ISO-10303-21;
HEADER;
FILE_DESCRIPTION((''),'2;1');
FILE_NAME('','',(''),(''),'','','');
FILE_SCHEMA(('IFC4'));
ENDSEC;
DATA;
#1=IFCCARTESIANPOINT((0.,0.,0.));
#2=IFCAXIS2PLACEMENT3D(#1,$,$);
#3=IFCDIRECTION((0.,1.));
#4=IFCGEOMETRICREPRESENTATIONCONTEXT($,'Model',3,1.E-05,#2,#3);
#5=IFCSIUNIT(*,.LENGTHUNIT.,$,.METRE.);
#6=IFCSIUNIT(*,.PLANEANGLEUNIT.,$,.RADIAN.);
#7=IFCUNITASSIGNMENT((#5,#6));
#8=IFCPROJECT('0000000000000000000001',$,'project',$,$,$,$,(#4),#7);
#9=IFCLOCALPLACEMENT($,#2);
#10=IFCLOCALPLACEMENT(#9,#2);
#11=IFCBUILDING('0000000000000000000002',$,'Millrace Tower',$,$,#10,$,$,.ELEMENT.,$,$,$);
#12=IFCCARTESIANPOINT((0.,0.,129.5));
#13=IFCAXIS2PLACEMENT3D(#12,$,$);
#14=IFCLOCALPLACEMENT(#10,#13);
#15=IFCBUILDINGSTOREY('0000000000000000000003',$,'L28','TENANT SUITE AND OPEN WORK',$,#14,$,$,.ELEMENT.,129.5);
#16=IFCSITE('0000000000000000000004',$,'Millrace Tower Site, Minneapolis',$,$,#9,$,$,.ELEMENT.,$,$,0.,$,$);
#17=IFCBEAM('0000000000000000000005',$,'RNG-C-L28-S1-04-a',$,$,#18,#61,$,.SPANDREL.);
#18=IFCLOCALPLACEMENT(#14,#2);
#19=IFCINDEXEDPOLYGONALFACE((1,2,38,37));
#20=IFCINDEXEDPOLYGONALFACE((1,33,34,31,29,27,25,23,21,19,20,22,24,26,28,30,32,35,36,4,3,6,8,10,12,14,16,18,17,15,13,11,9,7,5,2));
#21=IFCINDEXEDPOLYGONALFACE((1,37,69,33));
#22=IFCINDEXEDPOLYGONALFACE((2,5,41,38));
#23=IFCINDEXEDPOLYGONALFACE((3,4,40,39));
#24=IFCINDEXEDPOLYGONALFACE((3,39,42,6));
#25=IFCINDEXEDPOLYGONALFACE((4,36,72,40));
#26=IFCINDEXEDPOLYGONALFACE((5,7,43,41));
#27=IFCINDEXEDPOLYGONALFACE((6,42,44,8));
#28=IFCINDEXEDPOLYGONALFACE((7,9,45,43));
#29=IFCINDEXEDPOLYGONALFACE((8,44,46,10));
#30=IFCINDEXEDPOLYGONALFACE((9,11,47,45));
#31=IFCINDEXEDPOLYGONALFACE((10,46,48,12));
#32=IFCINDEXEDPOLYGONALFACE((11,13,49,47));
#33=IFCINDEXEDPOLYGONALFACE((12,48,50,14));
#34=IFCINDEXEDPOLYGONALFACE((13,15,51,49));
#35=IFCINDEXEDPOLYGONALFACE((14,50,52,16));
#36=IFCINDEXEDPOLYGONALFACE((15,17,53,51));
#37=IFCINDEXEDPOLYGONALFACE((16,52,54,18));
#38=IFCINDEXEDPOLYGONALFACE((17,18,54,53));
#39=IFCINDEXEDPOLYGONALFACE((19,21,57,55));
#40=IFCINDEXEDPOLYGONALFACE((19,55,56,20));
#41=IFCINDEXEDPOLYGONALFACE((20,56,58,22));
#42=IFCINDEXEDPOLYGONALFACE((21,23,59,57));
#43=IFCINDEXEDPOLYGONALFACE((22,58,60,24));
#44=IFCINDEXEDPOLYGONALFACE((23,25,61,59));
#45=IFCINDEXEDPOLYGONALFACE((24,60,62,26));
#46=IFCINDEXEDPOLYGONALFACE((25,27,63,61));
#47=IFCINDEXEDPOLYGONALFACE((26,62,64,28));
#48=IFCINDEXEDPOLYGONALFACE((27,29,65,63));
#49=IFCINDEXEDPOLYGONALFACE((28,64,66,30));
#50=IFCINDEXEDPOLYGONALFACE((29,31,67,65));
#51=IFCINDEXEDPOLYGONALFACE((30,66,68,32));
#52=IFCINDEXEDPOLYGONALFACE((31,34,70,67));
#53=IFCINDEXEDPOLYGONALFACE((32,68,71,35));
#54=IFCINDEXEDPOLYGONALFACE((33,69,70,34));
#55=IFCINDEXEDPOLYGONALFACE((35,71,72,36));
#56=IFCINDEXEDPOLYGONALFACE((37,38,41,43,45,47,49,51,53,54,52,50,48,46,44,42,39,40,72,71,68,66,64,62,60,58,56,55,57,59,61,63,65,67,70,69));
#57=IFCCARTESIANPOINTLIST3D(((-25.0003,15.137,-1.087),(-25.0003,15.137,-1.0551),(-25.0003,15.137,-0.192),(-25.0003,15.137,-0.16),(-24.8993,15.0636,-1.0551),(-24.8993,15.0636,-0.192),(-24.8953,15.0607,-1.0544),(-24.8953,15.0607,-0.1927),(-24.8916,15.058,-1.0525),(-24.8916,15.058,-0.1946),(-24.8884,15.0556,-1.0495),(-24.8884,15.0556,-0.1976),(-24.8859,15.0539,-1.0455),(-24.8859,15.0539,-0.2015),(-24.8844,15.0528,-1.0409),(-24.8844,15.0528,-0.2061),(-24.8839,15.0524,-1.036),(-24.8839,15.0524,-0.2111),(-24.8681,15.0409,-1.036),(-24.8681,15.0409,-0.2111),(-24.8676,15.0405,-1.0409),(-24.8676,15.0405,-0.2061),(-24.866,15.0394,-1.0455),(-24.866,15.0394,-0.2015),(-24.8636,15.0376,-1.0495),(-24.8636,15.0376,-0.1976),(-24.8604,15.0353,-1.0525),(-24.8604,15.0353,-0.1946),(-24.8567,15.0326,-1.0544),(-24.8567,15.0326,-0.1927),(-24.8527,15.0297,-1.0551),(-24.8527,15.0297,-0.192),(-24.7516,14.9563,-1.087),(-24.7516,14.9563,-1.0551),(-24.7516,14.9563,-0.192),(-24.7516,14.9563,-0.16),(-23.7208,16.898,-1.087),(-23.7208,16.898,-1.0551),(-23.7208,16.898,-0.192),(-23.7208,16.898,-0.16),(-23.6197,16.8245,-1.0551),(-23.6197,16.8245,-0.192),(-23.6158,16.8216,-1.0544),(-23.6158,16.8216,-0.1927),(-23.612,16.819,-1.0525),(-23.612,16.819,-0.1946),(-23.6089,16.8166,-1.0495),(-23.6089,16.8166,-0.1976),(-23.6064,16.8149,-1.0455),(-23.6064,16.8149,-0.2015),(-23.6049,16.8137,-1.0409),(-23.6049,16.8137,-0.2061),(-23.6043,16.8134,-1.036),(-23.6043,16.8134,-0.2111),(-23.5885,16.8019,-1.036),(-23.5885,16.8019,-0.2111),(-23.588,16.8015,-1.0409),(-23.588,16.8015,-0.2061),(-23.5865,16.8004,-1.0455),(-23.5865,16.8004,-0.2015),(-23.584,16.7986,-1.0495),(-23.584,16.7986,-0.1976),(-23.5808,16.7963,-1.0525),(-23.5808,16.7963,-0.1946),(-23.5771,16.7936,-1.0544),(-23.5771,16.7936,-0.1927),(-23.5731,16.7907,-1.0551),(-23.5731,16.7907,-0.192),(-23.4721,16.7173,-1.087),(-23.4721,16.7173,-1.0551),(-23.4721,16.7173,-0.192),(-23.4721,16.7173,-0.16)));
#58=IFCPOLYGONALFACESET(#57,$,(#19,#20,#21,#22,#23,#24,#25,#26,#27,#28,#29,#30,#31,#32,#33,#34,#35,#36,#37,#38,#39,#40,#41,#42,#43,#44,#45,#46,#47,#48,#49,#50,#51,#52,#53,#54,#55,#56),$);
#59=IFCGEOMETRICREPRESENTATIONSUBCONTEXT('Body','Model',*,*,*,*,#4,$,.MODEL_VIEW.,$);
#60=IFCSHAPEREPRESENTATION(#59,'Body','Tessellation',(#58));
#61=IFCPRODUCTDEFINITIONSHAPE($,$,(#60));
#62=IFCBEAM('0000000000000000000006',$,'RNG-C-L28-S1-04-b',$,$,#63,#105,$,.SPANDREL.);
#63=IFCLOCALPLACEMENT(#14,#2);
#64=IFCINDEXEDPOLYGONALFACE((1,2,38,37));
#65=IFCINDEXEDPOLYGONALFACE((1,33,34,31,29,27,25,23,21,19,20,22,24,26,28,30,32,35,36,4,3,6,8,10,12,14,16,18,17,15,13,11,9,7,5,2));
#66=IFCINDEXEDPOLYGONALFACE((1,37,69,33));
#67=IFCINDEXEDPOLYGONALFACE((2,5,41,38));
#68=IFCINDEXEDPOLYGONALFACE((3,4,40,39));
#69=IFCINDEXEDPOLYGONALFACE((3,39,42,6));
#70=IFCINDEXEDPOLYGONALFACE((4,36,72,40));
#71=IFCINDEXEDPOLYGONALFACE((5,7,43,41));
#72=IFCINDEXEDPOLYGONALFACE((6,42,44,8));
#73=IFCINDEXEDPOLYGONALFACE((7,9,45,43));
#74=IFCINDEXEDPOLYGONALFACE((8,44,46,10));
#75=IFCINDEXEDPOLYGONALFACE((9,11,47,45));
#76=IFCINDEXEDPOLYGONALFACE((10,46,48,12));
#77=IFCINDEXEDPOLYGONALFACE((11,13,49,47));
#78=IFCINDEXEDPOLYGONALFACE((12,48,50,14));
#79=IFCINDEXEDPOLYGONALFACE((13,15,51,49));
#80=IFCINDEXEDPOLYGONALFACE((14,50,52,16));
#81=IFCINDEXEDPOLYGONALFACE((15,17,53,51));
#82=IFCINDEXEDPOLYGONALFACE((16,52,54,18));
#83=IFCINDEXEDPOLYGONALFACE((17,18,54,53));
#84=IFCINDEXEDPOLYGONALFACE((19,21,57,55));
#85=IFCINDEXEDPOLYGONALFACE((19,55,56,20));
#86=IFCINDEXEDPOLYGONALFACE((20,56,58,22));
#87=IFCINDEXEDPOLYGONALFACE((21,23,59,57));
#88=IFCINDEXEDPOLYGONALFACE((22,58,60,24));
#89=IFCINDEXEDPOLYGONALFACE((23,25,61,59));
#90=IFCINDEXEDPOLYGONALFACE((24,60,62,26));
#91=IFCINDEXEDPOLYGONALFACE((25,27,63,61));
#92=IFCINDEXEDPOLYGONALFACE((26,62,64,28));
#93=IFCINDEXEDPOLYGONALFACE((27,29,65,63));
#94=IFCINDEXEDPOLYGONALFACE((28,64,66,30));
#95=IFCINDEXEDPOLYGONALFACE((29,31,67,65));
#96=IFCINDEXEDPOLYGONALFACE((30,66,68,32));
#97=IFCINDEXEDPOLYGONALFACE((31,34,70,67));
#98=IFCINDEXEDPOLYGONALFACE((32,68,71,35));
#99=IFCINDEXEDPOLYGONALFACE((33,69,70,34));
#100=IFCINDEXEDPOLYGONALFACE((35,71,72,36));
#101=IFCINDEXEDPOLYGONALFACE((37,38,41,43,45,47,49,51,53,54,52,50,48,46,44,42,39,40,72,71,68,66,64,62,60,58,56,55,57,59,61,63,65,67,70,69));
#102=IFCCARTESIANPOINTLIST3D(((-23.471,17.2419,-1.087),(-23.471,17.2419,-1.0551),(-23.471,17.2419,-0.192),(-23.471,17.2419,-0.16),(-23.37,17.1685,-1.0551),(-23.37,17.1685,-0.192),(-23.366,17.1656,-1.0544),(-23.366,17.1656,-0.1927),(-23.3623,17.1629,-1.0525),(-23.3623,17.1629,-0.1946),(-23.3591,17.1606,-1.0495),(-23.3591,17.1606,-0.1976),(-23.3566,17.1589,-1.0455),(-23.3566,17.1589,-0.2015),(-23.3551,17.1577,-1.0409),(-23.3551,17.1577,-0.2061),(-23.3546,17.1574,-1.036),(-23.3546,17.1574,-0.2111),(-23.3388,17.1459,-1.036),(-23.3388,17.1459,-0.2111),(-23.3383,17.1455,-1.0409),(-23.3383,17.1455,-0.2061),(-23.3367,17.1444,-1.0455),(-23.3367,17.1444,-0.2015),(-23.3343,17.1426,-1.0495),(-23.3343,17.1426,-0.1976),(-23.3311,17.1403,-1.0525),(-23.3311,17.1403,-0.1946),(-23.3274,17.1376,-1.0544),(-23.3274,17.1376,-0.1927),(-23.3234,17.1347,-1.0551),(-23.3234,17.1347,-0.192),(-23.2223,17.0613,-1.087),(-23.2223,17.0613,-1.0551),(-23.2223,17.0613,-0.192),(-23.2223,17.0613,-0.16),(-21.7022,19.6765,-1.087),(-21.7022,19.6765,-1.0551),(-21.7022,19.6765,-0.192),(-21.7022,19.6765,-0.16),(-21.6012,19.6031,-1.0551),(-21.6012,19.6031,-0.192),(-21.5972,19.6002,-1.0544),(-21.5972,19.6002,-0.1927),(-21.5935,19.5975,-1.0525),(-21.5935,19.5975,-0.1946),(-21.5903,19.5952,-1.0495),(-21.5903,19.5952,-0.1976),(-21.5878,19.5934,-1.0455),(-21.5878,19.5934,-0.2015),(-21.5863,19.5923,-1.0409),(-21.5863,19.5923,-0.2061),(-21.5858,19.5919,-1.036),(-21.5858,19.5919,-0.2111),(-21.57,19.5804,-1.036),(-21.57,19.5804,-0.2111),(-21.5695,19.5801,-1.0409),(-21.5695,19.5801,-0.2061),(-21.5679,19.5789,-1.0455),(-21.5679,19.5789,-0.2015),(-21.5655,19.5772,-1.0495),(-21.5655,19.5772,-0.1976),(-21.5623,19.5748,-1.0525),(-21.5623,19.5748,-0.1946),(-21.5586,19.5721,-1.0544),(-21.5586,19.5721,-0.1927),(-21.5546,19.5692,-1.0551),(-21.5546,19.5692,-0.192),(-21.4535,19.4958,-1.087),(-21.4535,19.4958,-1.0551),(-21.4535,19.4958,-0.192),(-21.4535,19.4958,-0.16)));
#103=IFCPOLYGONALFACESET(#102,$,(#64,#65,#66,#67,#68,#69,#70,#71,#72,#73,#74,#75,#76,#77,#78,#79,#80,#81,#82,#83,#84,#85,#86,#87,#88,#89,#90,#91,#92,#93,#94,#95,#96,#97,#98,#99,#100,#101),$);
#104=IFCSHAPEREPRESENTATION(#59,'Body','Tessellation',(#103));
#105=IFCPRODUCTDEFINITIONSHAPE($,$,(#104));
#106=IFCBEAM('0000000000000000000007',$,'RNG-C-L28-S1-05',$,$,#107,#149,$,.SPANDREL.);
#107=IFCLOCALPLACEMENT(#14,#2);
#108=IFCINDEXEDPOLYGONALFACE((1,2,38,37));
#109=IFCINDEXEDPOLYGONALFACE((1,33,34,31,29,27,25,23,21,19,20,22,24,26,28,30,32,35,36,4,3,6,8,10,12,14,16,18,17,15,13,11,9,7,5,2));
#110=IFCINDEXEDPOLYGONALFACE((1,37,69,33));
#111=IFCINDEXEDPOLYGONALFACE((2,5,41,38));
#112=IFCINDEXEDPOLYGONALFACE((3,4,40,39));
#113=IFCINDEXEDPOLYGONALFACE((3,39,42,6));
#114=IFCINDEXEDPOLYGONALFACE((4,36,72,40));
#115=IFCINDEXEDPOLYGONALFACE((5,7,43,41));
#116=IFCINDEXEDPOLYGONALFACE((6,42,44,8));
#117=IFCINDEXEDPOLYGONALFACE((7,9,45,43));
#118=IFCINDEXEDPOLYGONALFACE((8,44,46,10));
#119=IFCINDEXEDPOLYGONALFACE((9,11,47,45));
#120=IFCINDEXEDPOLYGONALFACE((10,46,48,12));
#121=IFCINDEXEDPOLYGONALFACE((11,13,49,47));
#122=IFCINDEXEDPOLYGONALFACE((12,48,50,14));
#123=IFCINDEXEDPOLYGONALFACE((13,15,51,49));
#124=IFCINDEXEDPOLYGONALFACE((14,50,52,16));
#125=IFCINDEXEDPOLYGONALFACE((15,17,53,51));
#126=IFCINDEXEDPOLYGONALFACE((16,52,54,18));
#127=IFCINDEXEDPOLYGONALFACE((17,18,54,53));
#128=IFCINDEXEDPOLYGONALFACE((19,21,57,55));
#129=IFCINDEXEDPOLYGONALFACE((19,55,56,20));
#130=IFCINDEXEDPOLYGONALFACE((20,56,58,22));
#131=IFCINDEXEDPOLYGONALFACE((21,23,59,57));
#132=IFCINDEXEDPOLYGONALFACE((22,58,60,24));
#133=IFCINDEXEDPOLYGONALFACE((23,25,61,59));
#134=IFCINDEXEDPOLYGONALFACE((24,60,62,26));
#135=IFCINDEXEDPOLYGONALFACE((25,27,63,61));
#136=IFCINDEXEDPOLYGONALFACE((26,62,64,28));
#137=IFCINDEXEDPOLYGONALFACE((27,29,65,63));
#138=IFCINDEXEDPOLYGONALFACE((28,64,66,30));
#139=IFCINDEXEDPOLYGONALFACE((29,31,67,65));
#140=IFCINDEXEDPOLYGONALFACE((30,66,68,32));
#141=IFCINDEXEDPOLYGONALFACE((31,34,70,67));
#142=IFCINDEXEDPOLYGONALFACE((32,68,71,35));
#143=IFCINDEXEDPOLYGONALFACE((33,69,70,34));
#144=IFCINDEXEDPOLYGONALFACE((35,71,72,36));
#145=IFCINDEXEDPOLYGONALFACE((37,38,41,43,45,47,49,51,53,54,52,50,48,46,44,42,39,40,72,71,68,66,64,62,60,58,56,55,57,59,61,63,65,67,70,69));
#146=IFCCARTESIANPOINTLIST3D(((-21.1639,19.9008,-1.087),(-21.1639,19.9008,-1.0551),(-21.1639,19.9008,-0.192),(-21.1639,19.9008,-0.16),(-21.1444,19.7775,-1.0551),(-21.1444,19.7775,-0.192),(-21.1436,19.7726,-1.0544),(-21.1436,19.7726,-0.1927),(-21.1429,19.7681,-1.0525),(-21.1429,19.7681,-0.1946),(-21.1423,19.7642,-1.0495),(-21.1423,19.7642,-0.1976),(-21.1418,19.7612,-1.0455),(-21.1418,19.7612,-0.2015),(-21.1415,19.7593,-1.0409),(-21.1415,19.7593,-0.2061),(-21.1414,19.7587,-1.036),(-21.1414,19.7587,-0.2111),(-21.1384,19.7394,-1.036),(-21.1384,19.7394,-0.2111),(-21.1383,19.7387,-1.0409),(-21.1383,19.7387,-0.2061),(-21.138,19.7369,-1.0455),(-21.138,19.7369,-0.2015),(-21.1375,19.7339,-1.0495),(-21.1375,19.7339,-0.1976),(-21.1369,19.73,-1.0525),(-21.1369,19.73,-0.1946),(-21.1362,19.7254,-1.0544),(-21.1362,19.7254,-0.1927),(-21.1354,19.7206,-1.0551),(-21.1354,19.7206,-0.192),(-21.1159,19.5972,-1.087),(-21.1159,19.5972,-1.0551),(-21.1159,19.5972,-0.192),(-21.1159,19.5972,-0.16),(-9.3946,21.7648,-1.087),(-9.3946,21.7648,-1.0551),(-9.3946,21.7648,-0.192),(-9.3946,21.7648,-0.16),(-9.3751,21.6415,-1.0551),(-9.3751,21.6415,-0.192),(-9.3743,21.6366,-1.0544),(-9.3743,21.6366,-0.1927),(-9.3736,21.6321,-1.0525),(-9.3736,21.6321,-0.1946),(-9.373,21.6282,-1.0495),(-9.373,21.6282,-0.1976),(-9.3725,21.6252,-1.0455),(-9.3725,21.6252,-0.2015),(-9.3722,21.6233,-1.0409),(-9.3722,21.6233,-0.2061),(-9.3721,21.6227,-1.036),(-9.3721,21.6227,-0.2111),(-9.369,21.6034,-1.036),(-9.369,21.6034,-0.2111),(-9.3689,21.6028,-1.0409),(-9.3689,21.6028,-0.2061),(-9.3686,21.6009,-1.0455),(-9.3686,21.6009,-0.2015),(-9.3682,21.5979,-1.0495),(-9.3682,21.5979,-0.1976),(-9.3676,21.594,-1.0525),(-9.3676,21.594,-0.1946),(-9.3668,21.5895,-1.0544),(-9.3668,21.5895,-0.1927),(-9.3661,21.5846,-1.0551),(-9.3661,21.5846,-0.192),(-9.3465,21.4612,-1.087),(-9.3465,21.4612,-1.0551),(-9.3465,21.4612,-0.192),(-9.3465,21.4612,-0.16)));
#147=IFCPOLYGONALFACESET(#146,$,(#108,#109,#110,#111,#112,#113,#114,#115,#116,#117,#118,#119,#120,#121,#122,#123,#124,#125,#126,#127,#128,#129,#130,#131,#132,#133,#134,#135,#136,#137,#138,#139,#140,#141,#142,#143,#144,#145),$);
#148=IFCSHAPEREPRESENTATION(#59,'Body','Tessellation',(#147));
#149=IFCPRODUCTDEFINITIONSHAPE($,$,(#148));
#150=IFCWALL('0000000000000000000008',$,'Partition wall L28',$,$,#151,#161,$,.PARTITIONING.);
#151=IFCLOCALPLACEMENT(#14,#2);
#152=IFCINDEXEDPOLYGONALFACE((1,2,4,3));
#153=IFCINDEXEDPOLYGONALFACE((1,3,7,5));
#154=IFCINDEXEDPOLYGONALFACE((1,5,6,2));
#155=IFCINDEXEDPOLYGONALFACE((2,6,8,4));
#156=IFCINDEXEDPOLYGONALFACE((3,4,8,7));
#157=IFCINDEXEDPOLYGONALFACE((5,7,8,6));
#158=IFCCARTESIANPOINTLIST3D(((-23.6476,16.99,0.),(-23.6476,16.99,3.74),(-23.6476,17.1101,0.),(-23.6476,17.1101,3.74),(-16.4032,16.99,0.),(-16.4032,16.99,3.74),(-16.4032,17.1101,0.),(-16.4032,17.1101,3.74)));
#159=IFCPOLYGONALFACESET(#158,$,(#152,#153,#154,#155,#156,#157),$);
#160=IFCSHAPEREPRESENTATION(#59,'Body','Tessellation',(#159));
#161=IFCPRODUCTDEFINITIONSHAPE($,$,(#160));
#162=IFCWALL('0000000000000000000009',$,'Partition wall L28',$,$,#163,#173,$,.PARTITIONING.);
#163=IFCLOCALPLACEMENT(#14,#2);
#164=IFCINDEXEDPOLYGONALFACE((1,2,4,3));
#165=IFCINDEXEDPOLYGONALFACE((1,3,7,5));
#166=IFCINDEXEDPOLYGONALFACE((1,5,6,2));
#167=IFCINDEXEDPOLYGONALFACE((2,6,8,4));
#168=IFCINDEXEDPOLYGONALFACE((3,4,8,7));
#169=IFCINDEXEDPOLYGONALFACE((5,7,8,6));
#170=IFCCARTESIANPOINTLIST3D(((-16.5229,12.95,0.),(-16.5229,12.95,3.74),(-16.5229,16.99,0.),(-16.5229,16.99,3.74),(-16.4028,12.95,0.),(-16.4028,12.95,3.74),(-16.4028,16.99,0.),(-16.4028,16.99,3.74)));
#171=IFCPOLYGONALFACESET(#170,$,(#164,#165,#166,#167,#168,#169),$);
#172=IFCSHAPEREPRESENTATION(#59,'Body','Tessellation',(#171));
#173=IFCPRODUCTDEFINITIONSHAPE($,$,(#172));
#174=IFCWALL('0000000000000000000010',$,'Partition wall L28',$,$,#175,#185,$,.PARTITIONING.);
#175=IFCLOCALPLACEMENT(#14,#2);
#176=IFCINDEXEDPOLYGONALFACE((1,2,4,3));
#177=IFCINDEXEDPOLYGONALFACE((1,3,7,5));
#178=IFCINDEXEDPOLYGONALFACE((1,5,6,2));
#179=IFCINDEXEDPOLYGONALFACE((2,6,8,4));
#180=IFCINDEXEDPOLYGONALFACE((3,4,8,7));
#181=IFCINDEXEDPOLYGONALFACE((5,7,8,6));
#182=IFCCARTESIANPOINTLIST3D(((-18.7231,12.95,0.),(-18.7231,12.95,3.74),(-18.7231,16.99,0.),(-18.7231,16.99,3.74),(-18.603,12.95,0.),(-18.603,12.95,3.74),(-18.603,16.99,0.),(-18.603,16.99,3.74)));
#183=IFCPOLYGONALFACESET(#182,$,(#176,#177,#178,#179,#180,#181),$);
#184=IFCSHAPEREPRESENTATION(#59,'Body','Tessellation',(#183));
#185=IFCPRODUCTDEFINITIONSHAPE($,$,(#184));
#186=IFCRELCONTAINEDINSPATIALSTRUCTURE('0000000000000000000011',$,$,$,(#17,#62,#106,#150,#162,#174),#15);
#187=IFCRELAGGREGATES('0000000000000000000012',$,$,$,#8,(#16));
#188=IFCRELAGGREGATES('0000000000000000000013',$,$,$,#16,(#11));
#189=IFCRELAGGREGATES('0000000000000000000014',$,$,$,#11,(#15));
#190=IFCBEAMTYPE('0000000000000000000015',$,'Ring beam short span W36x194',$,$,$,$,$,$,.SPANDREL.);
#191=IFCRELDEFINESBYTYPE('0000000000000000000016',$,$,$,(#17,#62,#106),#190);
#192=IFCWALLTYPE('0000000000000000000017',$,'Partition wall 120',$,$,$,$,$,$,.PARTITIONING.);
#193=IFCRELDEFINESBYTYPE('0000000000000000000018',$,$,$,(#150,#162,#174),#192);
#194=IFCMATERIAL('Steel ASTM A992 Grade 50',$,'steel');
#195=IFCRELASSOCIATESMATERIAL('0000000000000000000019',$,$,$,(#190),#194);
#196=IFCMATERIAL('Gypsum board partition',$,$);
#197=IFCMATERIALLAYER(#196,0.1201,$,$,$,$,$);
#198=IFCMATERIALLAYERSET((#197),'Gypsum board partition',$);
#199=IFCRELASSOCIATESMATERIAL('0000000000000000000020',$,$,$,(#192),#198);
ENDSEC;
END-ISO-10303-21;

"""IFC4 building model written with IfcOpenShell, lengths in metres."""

from ifc_helpers import new_model, si_unit, direction, frame, frame_2d, origin, origin_2d, place, context, subcontext, project, spatial, rectangle, i_section, extrude, material, layer, layer_set, material_profile, profile_set, type_object, element, save


model = new_model("IFC4")

# Units and contexts
model_context = context("Model", 3, precision=1e-05, world=origin(), true_north=direction((0.0, 1.0)))
body_context = subcontext(model_context, "Body", "Model", "MODEL_VIEW")
ifc_project = project(units=[si_unit("LENGTHUNIT", "METRE"), si_unit("PLANEANGLEUNIT", "RADIAN")], contexts=[model_context])

# Site, building, storey
site_placement = place(None, origin())
site = spatial("IfcSite", under=ifc_project, at=site_placement, Name="Millrace Tower Site, Minneapolis", CompositionType="ELEMENT", RefElevation=0.0)
building_placement = place(site_placement, origin())
building = spatial("IfcBuilding", under=site, at=building_placement, Name="Millrace Tower", CompositionType="ELEMENT")
storey_placement = place(building_placement, frame((0.0, 0.0, 129.5)))
storey = spatial("IfcBuildingStorey", under=building, at=storey_placement, Name="L28", Description="TENANT SUITE AND OPEN WORK", CompositionType="ELEMENT", Elevation=129.5)

# Beams
ifc_material_1 = material(Name="Steel ASTM A992 Grade 50", Category="steel")
ifc_material_profile_1 = material_profile(ifc_material_1, i_section(OverallWidth=0.3074, OverallDepth=0.927, WebThickness=0.0195, FlangeThickness=0.032, FilletRadius=0.019, at=origin_2d()))
ifc_profile_set_1 = profile_set([ifc_material_profile_1], Name="Steel ASTM A992 Grade 50")
beam_type_1 = type_object("IfcBeamType", Name="Ring beam short span W36x194", PredefinedType="SPANDREL", material=ifc_profile_set_1)
beam_1_placement = place(storey_placement, frame((-24.876, 15.0466, -0.6235), z_axis=(0.587818, 0.808993, 0.0), x_axis=(-0.808993, 0.587818, 0.0)))
element("IfcBeam", 1, at=beam_1_placement, inside=storey, type_object=beam_type_1, Name="RNG-C-L28-S1-04-a", PredefinedType="SPANDREL", context=body_context, shape_type="SweptSolid", body=[
    extrude(i_section(OverallWidth=0.3074, OverallDepth=0.927, WebThickness=0.0195, FlangeThickness=0.032, FilletRadius=0.019, at=origin_2d()), origin(), (0.0, 0.0, 1.0), 2.1768),
])
beam_2_placement = place(storey_placement, frame((-23.3467, 17.1516, -0.6235), z_axis=(0.587781, 0.80902, 0.0), x_axis=(-0.80902, 0.587781, 0.0)))
element("IfcBeam", 2, at=beam_2_placement, inside=storey, type_object=beam_type_1, Name="RNG-C-L28-S1-04-b", PredefinedType="SPANDREL", context=body_context, shape_type="SweptSolid", body=[
    extrude(i_section(OverallWidth=0.3074, OverallDepth=0.927, WebThickness=0.0195, FlangeThickness=0.032, FilletRadius=0.019, at=origin_2d()), origin(), (0.0, 0.0, 1.0), 3.0093),
])
beam_3_placement = place(storey_placement, frame((-21.1399, 19.749, -0.6235), z_axis=(0.987689, 0.15643, 0.0), x_axis=(-0.15643, 0.987689, 0.0)))
element("IfcBeam", 3, at=beam_3_placement, inside=storey, type_object=beam_type_1, Name="RNG-C-L28-S1-05", PredefinedType="SPANDREL", context=body_context, shape_type="SweptSolid", body=[
    extrude(i_section(OverallWidth=0.3074, OverallDepth=0.927, WebThickness=0.0195, FlangeThickness=0.032, FilletRadius=0.019, at=origin_2d()), origin(), (0.0, 0.0, 1.0), 11.916),
])

# Walls
ifc_material_2 = material(Name="Gypsum board partition")
ifc_layer_1 = layer(ifc_material_2, 0.1201)
ifc_layer_set_1 = layer_set([ifc_layer_1], Name="Gypsum board partition")
wall_type = type_object("IfcWallType", Name="Partition wall 120", PredefinedType="PARTITIONING", material=ifc_layer_set_1)
wall_placement = place(storey_placement, frame((-23.6475, 17.05, 0.0), z_axis=(0.0, 0.0, 1.0), x_axis=(1.0, 0.0, 0.0)))
element("IfcWall", 4, at=wall_placement, inside=storey, type_object=wall_type, Name="Partition wall L28", PredefinedType="PARTITIONING", context=body_context, shape_type="SweptSolid", body=[
    extrude(rectangle(XDim=7.2444, YDim=0.1201, at=frame_2d((3.6221, 0.0))), origin(), (0.0, 0.0, 1.0), 3.74),
])
for number, where, z_axis, x_axis, name in (
    (5, (-16.4629, 12.95, 0.0), (0.0, 0.0, 1.0), (0.0, 1.0, 0.0), "Partition wall L28"),
    (6, (-18.6631, 12.95, 0.0), (0.0, 0.0, 1.0), (0.0, 1.0, 0.0), "Partition wall L28"),
):
    element("IfcWall", number, at=place(storey_placement, frame(where, z_axis=z_axis, x_axis=x_axis)), inside=storey, type_object=wall_type, Name=name, PredefinedType="PARTITIONING", context=body_context, shape_type="SweptSolid", body=[
        extrude(rectangle(XDim=4.04, YDim=0.1201, at=frame_2d((2.02, 0.0))), origin(), (0.0, 0.0, 1.0), 3.74),
    ])

save(model, "model.ifc")
